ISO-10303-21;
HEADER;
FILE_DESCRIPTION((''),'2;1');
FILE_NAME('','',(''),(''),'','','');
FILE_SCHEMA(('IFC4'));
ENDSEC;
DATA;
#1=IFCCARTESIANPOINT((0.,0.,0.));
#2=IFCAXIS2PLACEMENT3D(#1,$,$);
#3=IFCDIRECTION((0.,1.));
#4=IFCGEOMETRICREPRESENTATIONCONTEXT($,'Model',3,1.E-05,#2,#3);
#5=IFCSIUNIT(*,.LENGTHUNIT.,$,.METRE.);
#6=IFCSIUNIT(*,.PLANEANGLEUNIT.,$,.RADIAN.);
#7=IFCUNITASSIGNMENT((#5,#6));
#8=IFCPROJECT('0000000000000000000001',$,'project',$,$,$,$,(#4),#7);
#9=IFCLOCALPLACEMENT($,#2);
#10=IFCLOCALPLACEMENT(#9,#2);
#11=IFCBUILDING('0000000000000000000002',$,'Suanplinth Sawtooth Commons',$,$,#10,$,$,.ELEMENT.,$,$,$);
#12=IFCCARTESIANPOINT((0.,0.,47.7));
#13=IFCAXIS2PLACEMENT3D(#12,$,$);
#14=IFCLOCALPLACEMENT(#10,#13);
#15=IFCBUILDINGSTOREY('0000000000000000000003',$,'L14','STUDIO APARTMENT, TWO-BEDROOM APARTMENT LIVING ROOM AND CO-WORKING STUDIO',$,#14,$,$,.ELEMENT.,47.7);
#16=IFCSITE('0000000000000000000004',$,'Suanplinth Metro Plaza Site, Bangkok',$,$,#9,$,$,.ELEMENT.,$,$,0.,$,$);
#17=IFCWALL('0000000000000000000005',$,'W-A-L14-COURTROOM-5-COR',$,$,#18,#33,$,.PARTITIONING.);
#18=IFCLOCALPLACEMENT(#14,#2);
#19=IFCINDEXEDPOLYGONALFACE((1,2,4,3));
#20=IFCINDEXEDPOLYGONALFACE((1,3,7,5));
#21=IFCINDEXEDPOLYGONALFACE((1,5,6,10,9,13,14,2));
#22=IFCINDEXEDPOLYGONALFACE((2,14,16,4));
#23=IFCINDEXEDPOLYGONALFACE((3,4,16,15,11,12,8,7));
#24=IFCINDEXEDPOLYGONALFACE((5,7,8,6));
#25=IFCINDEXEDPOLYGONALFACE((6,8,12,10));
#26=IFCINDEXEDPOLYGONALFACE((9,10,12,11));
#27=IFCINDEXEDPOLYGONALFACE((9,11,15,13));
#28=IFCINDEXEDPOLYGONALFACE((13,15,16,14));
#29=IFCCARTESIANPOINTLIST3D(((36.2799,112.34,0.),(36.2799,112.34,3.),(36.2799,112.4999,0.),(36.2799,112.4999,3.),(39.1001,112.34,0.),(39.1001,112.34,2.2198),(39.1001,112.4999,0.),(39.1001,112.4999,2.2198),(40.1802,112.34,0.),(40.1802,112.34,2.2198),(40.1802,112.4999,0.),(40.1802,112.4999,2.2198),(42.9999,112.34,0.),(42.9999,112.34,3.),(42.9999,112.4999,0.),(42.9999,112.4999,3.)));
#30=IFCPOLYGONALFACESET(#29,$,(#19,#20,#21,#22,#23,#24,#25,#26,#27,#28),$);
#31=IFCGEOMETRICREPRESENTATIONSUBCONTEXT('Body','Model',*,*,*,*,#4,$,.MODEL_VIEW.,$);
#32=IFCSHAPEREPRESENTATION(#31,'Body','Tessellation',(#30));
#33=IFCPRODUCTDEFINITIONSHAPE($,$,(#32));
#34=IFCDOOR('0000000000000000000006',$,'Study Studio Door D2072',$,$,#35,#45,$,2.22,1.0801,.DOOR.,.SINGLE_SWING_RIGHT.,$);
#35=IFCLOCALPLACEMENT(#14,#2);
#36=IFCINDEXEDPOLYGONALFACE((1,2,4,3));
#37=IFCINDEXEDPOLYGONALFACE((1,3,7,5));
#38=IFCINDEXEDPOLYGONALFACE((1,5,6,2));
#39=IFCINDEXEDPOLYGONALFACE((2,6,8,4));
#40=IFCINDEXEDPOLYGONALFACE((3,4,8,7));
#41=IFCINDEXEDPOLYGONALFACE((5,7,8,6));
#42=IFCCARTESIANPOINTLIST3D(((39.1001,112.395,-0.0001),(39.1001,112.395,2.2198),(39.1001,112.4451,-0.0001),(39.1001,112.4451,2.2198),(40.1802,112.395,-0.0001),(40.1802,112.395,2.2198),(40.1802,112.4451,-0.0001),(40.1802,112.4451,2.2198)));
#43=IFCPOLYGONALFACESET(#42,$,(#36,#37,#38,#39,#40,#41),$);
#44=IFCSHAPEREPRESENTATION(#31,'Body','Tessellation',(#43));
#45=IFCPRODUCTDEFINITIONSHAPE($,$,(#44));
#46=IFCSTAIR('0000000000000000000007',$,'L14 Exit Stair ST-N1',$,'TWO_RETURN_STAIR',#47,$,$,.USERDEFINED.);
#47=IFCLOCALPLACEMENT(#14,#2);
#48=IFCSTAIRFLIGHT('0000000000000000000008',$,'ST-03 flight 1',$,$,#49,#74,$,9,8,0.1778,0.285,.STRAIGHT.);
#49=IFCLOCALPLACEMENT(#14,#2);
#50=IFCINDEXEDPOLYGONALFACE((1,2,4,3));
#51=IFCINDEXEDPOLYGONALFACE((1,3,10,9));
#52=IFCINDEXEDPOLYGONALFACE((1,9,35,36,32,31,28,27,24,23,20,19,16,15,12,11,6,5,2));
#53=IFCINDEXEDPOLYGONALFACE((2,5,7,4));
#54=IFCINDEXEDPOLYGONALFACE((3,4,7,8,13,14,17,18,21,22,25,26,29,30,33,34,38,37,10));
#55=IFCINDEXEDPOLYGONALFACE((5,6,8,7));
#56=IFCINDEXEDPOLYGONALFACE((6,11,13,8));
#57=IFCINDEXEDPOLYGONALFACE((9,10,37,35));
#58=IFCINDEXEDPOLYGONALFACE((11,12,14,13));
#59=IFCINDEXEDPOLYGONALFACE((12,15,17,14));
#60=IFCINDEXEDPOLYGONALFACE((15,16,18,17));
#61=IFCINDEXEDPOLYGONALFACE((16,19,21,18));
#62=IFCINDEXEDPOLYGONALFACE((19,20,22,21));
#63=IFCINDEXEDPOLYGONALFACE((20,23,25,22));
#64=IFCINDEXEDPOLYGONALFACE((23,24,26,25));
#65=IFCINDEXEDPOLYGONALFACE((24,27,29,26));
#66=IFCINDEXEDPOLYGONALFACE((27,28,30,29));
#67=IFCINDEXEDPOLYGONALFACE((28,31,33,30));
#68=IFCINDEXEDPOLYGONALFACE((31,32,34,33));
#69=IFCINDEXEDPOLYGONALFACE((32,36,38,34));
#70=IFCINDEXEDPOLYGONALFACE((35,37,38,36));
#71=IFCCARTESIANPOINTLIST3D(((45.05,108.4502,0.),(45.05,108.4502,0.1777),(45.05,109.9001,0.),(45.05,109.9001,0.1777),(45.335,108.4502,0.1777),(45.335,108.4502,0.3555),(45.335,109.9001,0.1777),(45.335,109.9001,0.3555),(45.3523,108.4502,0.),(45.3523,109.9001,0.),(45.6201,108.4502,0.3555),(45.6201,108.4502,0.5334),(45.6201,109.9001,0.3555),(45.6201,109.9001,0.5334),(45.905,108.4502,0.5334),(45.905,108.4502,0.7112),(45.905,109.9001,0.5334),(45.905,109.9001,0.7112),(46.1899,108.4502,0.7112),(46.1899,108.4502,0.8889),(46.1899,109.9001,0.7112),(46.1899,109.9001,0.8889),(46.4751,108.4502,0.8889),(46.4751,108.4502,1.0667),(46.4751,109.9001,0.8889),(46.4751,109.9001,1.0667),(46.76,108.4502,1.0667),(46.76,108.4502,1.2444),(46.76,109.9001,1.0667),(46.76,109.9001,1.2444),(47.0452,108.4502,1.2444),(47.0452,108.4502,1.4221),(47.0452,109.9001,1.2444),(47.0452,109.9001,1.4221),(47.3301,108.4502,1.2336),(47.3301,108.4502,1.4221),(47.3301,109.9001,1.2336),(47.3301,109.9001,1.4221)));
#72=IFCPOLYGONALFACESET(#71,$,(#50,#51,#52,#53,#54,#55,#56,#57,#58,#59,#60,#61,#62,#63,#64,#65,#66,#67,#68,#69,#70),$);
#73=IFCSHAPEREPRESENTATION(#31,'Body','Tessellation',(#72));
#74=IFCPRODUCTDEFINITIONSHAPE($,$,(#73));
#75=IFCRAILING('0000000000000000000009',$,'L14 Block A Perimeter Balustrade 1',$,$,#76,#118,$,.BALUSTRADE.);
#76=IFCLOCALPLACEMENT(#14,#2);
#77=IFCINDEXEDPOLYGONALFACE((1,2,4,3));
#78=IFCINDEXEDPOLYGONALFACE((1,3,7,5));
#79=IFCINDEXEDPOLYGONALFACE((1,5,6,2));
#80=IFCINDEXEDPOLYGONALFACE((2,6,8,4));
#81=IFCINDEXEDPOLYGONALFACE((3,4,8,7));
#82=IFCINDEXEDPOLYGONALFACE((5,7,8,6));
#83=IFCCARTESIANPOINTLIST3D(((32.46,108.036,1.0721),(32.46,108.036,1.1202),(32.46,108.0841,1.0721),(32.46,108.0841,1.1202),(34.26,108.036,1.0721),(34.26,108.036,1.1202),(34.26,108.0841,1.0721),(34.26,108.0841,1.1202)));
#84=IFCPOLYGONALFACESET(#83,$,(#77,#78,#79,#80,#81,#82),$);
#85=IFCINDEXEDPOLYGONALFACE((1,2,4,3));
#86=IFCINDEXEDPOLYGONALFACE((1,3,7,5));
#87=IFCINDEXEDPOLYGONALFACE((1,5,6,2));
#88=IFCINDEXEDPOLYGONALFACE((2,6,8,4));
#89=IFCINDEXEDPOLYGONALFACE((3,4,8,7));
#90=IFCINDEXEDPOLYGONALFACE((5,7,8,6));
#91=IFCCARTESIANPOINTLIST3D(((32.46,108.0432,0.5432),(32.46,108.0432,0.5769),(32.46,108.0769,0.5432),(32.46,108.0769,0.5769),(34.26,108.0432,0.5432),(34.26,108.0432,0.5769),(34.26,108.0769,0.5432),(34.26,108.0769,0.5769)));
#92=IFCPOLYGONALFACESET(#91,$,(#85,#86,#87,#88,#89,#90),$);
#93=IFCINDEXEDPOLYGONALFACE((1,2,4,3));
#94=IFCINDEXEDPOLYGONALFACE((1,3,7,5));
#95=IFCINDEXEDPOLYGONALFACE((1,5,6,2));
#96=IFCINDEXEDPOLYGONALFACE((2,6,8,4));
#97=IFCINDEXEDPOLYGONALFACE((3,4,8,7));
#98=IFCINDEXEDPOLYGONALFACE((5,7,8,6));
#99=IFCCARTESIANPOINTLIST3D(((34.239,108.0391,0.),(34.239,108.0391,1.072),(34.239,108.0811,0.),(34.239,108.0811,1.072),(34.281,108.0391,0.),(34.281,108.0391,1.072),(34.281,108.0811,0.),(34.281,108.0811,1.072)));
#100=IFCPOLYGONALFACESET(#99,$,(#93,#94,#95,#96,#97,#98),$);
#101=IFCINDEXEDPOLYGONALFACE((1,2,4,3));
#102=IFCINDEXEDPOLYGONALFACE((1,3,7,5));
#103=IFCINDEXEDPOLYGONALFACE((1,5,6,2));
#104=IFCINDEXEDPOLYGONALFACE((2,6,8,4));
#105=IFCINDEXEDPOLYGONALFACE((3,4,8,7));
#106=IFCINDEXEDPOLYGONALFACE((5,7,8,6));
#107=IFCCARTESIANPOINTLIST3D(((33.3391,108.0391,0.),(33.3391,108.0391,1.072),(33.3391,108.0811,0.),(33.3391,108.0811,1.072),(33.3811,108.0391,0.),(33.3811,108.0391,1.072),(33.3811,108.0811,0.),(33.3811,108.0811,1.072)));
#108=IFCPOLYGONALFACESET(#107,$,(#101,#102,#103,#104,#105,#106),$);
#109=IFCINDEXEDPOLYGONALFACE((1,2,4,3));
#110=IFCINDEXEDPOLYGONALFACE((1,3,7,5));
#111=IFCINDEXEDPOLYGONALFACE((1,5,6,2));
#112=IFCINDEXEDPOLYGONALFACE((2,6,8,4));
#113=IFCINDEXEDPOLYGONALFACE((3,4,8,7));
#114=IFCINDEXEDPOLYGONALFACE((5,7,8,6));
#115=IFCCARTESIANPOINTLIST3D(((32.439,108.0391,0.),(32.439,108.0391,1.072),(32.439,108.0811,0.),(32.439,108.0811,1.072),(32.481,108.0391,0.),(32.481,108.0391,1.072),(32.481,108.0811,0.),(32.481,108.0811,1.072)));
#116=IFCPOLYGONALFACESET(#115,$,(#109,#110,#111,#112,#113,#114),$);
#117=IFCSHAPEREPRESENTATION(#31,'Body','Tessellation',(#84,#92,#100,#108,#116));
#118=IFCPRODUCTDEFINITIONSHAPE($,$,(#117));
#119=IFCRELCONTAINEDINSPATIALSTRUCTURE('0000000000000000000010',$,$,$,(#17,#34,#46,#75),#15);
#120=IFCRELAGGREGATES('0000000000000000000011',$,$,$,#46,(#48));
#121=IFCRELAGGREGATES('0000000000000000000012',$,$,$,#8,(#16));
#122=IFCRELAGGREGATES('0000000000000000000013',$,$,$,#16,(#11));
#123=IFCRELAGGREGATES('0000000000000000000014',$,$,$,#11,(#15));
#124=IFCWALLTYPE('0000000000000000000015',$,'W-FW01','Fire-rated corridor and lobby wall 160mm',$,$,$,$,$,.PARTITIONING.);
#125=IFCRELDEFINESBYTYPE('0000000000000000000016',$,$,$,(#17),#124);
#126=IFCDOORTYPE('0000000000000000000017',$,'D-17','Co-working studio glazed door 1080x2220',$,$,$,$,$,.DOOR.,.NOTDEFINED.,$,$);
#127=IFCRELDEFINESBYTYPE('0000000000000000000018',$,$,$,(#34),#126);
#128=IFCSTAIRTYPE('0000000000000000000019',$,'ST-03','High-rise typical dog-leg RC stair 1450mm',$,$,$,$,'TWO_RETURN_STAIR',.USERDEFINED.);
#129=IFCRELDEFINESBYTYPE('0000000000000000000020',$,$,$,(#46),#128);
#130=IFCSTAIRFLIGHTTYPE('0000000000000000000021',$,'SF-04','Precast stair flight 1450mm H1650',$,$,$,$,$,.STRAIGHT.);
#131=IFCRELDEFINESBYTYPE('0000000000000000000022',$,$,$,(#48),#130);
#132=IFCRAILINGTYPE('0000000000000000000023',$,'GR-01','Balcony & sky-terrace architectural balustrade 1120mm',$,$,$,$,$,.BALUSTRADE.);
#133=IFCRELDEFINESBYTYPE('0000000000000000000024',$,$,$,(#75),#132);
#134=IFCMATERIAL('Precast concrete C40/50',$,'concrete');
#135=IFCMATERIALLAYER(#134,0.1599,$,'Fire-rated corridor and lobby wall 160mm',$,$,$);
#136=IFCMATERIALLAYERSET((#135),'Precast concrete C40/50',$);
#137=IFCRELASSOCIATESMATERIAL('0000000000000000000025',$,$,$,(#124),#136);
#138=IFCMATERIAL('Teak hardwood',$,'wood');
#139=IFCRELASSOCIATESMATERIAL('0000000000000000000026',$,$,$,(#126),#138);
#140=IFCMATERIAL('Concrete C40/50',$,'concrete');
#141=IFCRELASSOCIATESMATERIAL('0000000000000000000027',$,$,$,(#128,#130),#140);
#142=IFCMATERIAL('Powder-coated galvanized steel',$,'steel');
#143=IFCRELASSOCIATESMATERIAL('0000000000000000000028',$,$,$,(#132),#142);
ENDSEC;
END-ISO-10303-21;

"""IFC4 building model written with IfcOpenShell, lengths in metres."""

from ifc_helpers import new_model, si_unit, direction, frame, frame_2d, origin, origin_2d, place, context, subcontext, project, spatial, polyline, rectangle, outline, extrude, material, layer, layer_set, type_object, element, fill, aggregate, save


model = new_model("IFC4")

# Units and contexts
model_context = context("Model", 3, precision=1e-05, world=origin(), true_north=direction((0.0, 1.0)))
body_context = subcontext(model_context, "Body", "Model", "MODEL_VIEW")
ifc_project = project(units=[si_unit("LENGTHUNIT", "METRE"), si_unit("PLANEANGLEUNIT", "RADIAN")], contexts=[model_context])

# Site, building, storey
site_placement = place(None, origin())
site = spatial("IfcSite", under=ifc_project, at=site_placement, Name="Suanplinth Metro Plaza Site, Bangkok", CompositionType="ELEMENT", RefElevation=0.0)
building_placement = place(site_placement, origin())
building = spatial("IfcBuilding", under=site, at=building_placement, Name="Suanplinth Sawtooth Commons", CompositionType="ELEMENT")
storey_placement = place(building_placement, frame((0.0, 0.0, 47.7)))
storey = spatial("IfcBuildingStorey", under=building, at=storey_placement, Name="L14", Description="STUDIO APARTMENT, TWO-BEDROOM APARTMENT LIVING ROOM AND CO-WORKING STUDIO", CompositionType="ELEMENT", Elevation=47.7)

# Shared definitions
ifc_material_1 = material(Name="Precast concrete C40/50", Category="concrete")

# Shared definitions
ifc_material_2 = material(Name="Concrete C40/50", Category="concrete")

# Wall, opening, door
ifc_layer_1 = layer(ifc_material_1, 0.1599, Name="Fire-rated corridor and lobby wall 160mm")
ifc_layer_set_1 = layer_set([ifc_layer_1], Name="Precast concrete C40/50")
wall_type_1 = type_object("IfcWallType", Name="W-FW01", Description="Fire-rated corridor and lobby wall 160mm", PredefinedType="PARTITIONING", material=ifc_layer_set_1)
wall_1_placement = place(storey_placement, frame((36.28, 112.4199, 0.0), z_axis=(0.0, 0.0, 1.0), x_axis=(1.0, 0.0, 0.0)))
wall_1 = element("IfcWall", 1, at=wall_1_placement, inside=storey, type_object=wall_type_1, Name="W-A-L14-COURTROOM-5-COR", PredefinedType="PARTITIONING", context=body_context, shape_type="SweptSolid", body=[
    extrude(rectangle(XDim=6.72, YDim=0.1599, at=frame_2d((3.3599, 0.0))), origin(), (0.0, 0.0, 1.0), 3.0),
])
opening_1_placement = place(wall_1_placement, frame((2.8201, 0.0, 0.0)))
opening_1 = element("IfcOpeningElement", 2, at=opening_1_placement, cuts=wall_1, PredefinedType="OPENING", context=body_context, shape_type="SweptSolid", body=[
    extrude(rectangle(XDim=1.0801, YDim=2.22, at=frame_2d((0.54, 1.1099))), frame((0.0, 0.0947, 0.0), z_axis=(0.0, -1.0, 0.0), x_axis=(1.0, 0.0, 0.0)), (0.0, 0.0, 1.0), 0.1897),
])
ifc_material_3 = material(Name="Teak hardwood", Category="wood")
door_type_1 = type_object("IfcDoorType", Name="D-17", Description="Co-working studio glazed door 1080x2220", OperationType="NOTDEFINED", PredefinedType="DOOR", material=ifc_material_3)
door_1_placement = place(opening_1_placement, frame((1.0801, 0.0, 0.0), z_axis=(0.0, 0.0, 1.0), x_axis=(-1.0, 0.0, 0.0)))
door_1 = element("IfcDoor", 3, at=door_1_placement, inside=storey, type_object=door_type_1, Name="Study Studio Door D2072", OperationType="SINGLE_SWING_RIGHT", OverallHeight=2.22, OverallWidth=1.0801, PredefinedType="DOOR", context=body_context, shape_type="SweptSolid", body=[
    extrude(rectangle(XDim=1.0801, YDim=2.22, at=frame_2d((0.54, 1.1099))), frame((0.0, 0.0249, 0.0), z_axis=(0.0, -1.0, 0.0), x_axis=(1.0, 0.0, 0.0)), (0.0, 0.0, 1.0), 0.05),
])
fill(opening_1, door_1)

# Stair, stair flight
stair_type = type_object("IfcStairType", Name="ST-03", Description="High-rise typical dog-leg RC stair 1450mm", ElementType="TWO_RETURN_STAIR", PredefinedType="USERDEFINED", material=ifc_material_2)
stair_placement = place(storey_placement, origin())
stair = element("IfcStair", 4, at=stair_placement, inside=storey, type_object=stair_type, Name="L14 Exit Stair ST-N1", ObjectType="TWO_RETURN_STAIR", PredefinedType="USERDEFINED")
stair_flight_type = type_object("IfcStairFlightType", Name="SF-04", Description="Precast stair flight 1450mm H1650", PredefinedType="STRAIGHT", material=ifc_material_2)
stair_flight_placement = place(storey_placement, frame((45.05, 109.175, 0.0), z_axis=(0.0, 0.0, 1.0), x_axis=(1.0, 0.0, 0.0)))
stair_flight = element("IfcStairFlight", 5, at=stair_flight_placement, type_object=stair_flight_type, Name="ST-03 flight 1", NumberOfRisers=9, NumberOfTreads=8, PredefinedType="STRAIGHT", RiserHeight=0.1778, TreadLength=0.285, context=body_context, shape_type="SweptSolid", body=[
    extrude(outline(polyline([(0.0, 0.0), (0.0, 0.1777), (0.2849, 0.1777), (0.2849, 0.3555), (0.5701, 0.3555), (0.5701, 0.5334), (0.855, 0.5334), (0.855, 0.7112), (1.1399, 0.7112), (1.1399, 0.8889), (1.425, 0.8889), (1.425, 1.0667), (1.71, 1.0667), (1.71, 1.2444), (1.9951, 1.2444), (1.9951, 1.4221), (2.28, 1.4221), (2.28, 1.6001), (2.28, 1.2336), (0.3022, 0.0), (0.0, 0.0)])), frame((0.0, 0.7251, 0.0), z_axis=(0.0, -1.0, 0.0), x_axis=(1.0, 0.0, 0.0)), (0.0, 0.0, 1.0), 1.45),
])
aggregate(stair, [stair_flight])

# Railing
ifc_material_4 = material(Name="Powder-coated galvanized steel", Category="steel")
railing_type_1 = type_object("IfcRailingType", Name="GR-01", Description="Balcony & sky-terrace architectural balustrade 1120mm", PredefinedType="BALUSTRADE", material=ifc_material_4)
railing_1_placement = place(storey_placement, frame((34.26, 108.0601, 0.0)))
element("IfcRailing", 6, at=railing_1_placement, inside=storey, type_object=railing_type_1, Name="L14 Block A Perimeter Balustrade 1", PredefinedType="BALUSTRADE", context=body_context, shape_type="SweptSolid", body=[
    extrude(rectangle(XDim=0.0481, YDim=0.0481, at=origin_2d()), frame((0.0, 0.0, 1.0962), z_axis=(-1.0, 0.0, 0.0), x_axis=(0.0, -1.0, 0.0)), (0.0, 0.0, 1.0), 1.8),
    extrude(rectangle(XDim=0.0337, YDim=0.0337, at=origin_2d()), frame((0.0, 0.0, 0.5601), z_axis=(-1.0, 0.0, 0.0), x_axis=(0.0, -1.0, 0.0)), (0.0, 0.0, 1.0), 1.8),
    extrude(rectangle(XDim=0.042, YDim=0.042, at=origin_2d()), origin(), (0.0, 0.0, 1.0), 1.072),
    extrude(rectangle(XDim=0.042, YDim=0.042, at=origin_2d()), frame((-0.8999, 0.0, 0.0)), (0.0, 0.0, 1.0), 1.072),
    extrude(rectangle(XDim=0.042, YDim=0.042, at=origin_2d()), frame((-1.8, 0.0, 0.0)), (0.0, 0.0, 1.0), 1.072),
])

save(model, "model.ifc")
